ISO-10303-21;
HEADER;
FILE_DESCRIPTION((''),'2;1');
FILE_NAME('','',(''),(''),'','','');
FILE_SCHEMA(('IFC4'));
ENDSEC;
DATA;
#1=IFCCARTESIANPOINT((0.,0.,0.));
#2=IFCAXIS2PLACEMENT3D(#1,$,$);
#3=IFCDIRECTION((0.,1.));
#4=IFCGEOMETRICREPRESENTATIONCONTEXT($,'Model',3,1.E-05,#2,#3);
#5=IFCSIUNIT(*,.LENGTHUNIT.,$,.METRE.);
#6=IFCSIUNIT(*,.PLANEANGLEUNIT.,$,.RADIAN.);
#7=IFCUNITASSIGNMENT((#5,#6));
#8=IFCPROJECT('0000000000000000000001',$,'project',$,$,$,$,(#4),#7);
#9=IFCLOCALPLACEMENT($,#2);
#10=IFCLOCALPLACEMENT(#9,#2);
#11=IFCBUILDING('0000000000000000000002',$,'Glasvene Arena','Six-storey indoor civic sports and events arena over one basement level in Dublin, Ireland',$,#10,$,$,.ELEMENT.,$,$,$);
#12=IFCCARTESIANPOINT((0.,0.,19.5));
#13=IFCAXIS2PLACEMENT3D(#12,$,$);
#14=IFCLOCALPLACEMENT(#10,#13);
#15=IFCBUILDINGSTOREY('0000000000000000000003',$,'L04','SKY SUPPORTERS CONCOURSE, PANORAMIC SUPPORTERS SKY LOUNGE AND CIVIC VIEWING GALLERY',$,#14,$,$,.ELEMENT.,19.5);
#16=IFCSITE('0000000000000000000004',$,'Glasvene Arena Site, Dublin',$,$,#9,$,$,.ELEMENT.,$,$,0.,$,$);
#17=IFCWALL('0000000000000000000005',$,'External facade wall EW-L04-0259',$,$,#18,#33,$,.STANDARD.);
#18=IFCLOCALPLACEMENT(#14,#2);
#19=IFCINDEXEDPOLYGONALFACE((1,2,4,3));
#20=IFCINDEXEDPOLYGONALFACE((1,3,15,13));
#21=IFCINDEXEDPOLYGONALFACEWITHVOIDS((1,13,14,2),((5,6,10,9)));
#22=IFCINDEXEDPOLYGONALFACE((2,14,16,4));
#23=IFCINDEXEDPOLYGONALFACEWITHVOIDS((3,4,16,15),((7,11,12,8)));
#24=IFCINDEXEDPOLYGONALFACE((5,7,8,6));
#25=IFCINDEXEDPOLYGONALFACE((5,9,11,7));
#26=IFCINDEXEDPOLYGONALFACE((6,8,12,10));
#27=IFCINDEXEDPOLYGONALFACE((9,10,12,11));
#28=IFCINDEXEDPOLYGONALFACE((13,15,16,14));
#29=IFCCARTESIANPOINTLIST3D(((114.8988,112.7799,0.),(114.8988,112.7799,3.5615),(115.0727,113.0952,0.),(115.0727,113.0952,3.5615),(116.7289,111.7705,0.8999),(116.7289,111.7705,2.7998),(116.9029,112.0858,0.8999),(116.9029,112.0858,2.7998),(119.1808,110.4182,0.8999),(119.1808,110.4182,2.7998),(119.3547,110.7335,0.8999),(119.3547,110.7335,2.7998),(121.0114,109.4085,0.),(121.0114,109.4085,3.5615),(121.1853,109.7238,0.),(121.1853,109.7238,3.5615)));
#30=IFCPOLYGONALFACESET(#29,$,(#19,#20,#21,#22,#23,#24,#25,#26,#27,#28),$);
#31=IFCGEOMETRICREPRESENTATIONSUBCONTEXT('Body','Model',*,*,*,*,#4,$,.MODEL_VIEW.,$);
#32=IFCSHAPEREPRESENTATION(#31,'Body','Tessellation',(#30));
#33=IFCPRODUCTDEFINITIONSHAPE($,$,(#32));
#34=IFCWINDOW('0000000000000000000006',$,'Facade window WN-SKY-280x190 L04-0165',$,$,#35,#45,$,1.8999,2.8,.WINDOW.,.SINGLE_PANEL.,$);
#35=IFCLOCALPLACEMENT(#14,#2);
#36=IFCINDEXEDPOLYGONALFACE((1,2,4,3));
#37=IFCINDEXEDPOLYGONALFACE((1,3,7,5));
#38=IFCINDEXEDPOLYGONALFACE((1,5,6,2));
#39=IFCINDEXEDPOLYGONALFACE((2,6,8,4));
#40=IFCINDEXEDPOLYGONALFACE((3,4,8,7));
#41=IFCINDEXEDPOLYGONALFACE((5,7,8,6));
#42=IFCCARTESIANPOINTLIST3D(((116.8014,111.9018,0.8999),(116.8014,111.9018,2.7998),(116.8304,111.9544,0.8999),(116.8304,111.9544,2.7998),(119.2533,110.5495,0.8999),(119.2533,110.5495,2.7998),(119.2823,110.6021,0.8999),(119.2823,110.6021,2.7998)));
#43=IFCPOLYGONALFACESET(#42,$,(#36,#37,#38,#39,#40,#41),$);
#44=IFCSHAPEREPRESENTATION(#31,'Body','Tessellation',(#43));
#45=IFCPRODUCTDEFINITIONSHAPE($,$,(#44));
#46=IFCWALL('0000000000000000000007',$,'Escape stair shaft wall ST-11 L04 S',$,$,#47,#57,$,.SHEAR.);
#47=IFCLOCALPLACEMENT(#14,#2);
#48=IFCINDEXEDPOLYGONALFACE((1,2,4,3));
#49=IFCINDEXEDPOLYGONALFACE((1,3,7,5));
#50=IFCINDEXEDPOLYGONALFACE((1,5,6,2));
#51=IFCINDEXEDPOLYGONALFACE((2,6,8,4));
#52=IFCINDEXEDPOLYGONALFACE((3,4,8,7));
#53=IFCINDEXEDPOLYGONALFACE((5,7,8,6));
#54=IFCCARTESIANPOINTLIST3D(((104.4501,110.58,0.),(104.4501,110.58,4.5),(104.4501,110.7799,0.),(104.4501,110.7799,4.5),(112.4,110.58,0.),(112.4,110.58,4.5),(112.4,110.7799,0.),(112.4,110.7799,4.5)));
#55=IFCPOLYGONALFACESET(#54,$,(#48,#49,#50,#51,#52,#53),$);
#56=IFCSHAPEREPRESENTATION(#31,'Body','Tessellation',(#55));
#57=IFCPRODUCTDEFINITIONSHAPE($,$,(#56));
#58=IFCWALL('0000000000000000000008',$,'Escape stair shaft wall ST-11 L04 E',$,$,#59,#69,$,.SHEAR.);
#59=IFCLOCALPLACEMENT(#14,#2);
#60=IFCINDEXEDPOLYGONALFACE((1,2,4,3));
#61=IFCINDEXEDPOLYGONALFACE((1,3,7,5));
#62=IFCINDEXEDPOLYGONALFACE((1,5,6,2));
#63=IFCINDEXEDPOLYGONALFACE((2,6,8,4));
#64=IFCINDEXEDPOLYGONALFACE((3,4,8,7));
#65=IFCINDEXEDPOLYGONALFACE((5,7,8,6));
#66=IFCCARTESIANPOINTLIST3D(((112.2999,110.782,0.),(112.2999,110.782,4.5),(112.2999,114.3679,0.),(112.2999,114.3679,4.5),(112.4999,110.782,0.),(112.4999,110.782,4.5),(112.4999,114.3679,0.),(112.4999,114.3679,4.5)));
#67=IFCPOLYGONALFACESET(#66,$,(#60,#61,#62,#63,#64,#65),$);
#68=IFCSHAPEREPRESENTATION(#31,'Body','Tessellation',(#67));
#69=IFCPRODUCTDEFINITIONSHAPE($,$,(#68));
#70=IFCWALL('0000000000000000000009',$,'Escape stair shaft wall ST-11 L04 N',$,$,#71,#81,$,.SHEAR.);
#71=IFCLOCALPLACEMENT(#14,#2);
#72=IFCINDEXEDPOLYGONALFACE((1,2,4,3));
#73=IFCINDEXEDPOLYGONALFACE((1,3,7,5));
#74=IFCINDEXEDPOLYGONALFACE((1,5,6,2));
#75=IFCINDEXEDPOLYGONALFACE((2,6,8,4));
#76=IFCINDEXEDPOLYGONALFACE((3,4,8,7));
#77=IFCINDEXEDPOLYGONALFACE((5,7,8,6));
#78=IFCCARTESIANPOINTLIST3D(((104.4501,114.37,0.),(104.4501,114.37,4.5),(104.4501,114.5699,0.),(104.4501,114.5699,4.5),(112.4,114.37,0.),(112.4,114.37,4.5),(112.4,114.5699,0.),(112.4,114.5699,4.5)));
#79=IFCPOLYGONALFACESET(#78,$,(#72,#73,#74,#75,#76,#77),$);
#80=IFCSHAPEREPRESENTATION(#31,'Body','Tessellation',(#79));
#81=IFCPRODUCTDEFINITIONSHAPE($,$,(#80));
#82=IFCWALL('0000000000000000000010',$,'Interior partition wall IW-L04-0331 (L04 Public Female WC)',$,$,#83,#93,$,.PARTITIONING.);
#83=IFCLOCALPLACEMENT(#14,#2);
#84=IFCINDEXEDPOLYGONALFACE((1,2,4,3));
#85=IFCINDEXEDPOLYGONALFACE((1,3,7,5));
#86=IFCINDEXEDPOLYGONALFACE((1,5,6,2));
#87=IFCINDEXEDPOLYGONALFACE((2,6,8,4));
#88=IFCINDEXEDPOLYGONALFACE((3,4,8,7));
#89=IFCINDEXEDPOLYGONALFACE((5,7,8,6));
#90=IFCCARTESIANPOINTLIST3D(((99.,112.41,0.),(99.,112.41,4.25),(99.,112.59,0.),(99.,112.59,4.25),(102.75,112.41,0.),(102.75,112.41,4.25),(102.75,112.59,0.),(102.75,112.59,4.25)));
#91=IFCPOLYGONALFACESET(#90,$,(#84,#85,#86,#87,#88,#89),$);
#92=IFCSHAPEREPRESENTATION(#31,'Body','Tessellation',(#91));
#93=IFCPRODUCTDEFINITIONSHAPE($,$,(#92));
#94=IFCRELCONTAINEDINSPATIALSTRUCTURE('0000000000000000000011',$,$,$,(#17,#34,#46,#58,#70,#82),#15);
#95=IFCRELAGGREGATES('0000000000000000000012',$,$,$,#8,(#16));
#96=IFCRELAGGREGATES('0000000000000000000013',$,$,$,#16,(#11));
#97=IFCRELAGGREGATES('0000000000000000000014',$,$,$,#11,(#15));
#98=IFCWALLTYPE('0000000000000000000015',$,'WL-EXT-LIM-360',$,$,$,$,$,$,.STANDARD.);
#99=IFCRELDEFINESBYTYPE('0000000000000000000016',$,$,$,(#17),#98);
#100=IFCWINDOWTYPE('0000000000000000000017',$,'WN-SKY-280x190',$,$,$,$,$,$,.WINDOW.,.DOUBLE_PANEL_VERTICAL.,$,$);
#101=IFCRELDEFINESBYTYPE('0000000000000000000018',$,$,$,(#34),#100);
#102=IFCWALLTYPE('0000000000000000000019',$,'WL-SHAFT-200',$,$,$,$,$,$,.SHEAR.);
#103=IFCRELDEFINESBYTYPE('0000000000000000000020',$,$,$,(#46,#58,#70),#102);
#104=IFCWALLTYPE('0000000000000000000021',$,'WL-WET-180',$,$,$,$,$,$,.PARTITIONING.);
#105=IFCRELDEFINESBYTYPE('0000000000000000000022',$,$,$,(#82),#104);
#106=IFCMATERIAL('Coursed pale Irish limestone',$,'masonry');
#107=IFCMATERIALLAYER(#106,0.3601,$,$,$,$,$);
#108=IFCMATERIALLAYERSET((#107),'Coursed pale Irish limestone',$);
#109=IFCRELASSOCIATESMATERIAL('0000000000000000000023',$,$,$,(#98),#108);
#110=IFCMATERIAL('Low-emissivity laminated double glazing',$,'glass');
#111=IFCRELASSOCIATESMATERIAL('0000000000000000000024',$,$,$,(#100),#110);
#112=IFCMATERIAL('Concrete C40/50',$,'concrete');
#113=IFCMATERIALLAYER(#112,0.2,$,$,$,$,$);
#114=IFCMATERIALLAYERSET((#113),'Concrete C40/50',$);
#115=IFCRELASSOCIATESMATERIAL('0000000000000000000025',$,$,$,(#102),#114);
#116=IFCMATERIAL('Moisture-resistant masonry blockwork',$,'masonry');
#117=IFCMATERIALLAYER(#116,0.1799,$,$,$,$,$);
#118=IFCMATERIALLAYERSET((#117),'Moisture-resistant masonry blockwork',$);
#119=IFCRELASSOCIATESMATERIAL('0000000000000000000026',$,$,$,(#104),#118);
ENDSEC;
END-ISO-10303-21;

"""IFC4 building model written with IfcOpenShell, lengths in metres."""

from ifc_helpers import new_model, si_unit, direction, frame, frame_2d, origin, place, context, subcontext, project, spatial, rectangle, extrude, material, layer, layer_set, type_object, element, fill, save


model = new_model("IFC4")

# Units and contexts
model_context = context("Model", 3, precision=1e-05, world=origin(), true_north=direction((0.0, 1.0)))
body_context = subcontext(model_context, "Body", "Model", "MODEL_VIEW")
ifc_project = project(units=[si_unit("LENGTHUNIT", "METRE"), si_unit("PLANEANGLEUNIT", "RADIAN")], contexts=[model_context])

# Site, building, storey
site_placement = place(None, origin())
site = spatial("IfcSite", under=ifc_project, at=site_placement, Name="Glasvene Arena Site, Dublin", CompositionType="ELEMENT", RefElevation=0.0)
building_placement = place(site_placement, origin())
building = spatial("IfcBuilding", under=site, at=building_placement, Name="Glasvene Arena", Description="Six-storey indoor civic sports and events arena over one basement level in Dublin, Ireland", CompositionType="ELEMENT")
storey_placement = place(building_placement, frame((0.0, 0.0, 19.5)))
storey = spatial("IfcBuildingStorey", under=building, at=storey_placement, Name="L04", Description="SKY SUPPORTERS CONCOURSE, PANORAMIC SUPPORTERS SKY LOUNGE AND CIVIC VIEWING GALLERY", CompositionType="ELEMENT", Elevation=19.5)

# Shared definitions
ifc_material_1 = material(Name="Low-emissivity laminated double glazing", Category="glass")

# Shared definitions
ifc_material_2 = material(Name="Coursed pale Irish limestone", Category="masonry")
ifc_layer_1 = layer(ifc_material_2, 0.3601)
ifc_layer_set_1 = layer_set([ifc_layer_1], Name="Coursed pale Irish limestone")
wall_type_1 = type_object("IfcWallType", Name="WL-EXT-LIM-360", PredefinedType="STANDARD", material=ifc_layer_set_1)

# Wall, opening, window
wall_1_placement = place(storey_placement, frame((114.9858, 112.9375, 0.0), z_axis=(0.0, 0.0, 1.0), x_axis=(0.875644, -0.482956, 0.0)))
wall_1 = element("IfcWall", 1, at=wall_1_placement, inside=storey, type_object=wall_type_1, Name="External facade wall EW-L04-0259", PredefinedType="STANDARD", context=body_context, shape_type="SweptSolid", body=[
    extrude(rectangle(XDim=6.9807, YDim=0.3601, at=frame_2d((3.4902, 0.0))), origin(), (0.0, 0.0, 1.0), 3.5615),
])
opening_1_placement = place(wall_1_placement, frame((2.0901, 0.0, 0.8999)))
opening_1 = element("IfcOpeningElement", 2, at=opening_1_placement, cuts=wall_1, PredefinedType="OPENING", context=body_context, shape_type="SweptSolid", body=[
    extrude(rectangle(XDim=2.8, YDim=1.8999, at=frame_2d((1.3999, 0.95))), frame((0.0, 0.1899, 0.0), z_axis=(0.0, -1.0, 0.0), x_axis=(1.0, 0.0, 0.0)), (0.0, 0.0, 1.0), 0.3801),
])
window_type = type_object("IfcWindowType", Name="WN-SKY-280x190", PartitioningType="DOUBLE_PANEL_VERTICAL", PredefinedType="WINDOW", material=ifc_material_1)
window_placement = place(opening_1_placement, origin())
window = element("IfcWindow", 3, at=window_placement, inside=storey, type_object=window_type, Name="Facade window WN-SKY-280x190 L04-0165", OverallHeight=1.8999, OverallWidth=2.8, PartitioningType="SINGLE_PANEL", PredefinedType="WINDOW", context=body_context, shape_type="SweptSolid", body=[
    extrude(rectangle(XDim=2.8, YDim=1.8999, at=frame_2d((1.3999, 0.95))), frame((0.0, 0.03, 0.0), z_axis=(0.0, -1.0, 0.0), x_axis=(1.0, 0.0, 0.0)), (0.0, 0.0, 1.0), 0.0601),
])
fill(opening_1, window)

# Wall
ifc_material_3 = material(Name="Concrete C40/50", Category="concrete")
ifc_layer_2 = layer(ifc_material_3, 0.2)
ifc_layer_set_2 = layer_set([ifc_layer_2], Name="Concrete C40/50")
wall_type_2 = type_object("IfcWallType", Name="WL-SHAFT-200", PredefinedType="SHEAR", material=ifc_layer_set_2)
wall_2_placement = place(storey_placement, frame((104.45, 110.6799, 0.0), z_axis=(0.0, 0.0, 1.0), x_axis=(1.0, 0.0, 0.0)))
element("IfcWall", 4, at=wall_2_placement, inside=storey, type_object=wall_type_2, Name="Escape stair shaft wall ST-11 L04 S", PredefinedType="SHEAR", context=body_context, shape_type="SweptSolid", body=[
    extrude(rectangle(XDim=7.95, YDim=0.2, at=frame_2d((3.9751, 0.0))), origin(), (0.0, 0.0, 1.0), 4.5),
])

# Walls
wall_3_placement = place(storey_placement, frame((112.3999, 110.782, 0.0), z_axis=(0.0, 0.0, 1.0), x_axis=(0.0, 1.0, 0.0)))
element("IfcWall", 5, at=wall_3_placement, inside=storey, type_object=wall_type_2, Name="Escape stair shaft wall ST-11 L04 E", PredefinedType="SHEAR", context=body_context, shape_type="SweptSolid", body=[
    extrude(rectangle(XDim=3.5859, YDim=0.2, at=frame_2d((1.793, 0.0))), origin(), (0.0, 0.0, 1.0), 4.5),
])
wall_4_placement = place(storey_placement, frame((104.45, 114.47, 0.0), z_axis=(0.0, 0.0, 1.0), x_axis=(1.0, 0.0, 0.0)))
element("IfcWall", 6, at=wall_4_placement, inside=storey, type_object=wall_type_2, Name="Escape stair shaft wall ST-11 L04 N", PredefinedType="SHEAR", context=body_context, shape_type="SweptSolid", body=[
    extrude(rectangle(XDim=7.95, YDim=0.2, at=frame_2d((3.9751, 0.0))), origin(), (0.0, 0.0, 1.0), 4.5),
])
ifc_material_4 = material(Name="Moisture-resistant masonry blockwork", Category="masonry")
ifc_layer_3 = layer(ifc_material_4, 0.1799)
ifc_layer_set_3 = layer_set([ifc_layer_3], Name="Moisture-resistant masonry blockwork")
wall_type_3 = type_object("IfcWallType", Name="WL-WET-180", PredefinedType="PARTITIONING", material=ifc_layer_set_3)
wall_5_placement = place(storey_placement, frame((102.75, 112.5, 0.0), z_axis=(0.0, 0.0, 1.0), x_axis=(-1.0, 0.0, 0.0)))
element("IfcWall", 7, at=wall_5_placement, inside=storey, type_object=wall_type_3, Name="Interior partition wall IW-L04-0331 (L04 Public Female WC)", PredefinedType="PARTITIONING", context=body_context, shape_type="SweptSolid", body=[
    extrude(rectangle(XDim=3.75, YDim=0.1799, at=frame_2d((1.875, 0.0))), origin(), (0.0, 0.0, 1.0), 4.25),
])

save(model, "model.ifc")
